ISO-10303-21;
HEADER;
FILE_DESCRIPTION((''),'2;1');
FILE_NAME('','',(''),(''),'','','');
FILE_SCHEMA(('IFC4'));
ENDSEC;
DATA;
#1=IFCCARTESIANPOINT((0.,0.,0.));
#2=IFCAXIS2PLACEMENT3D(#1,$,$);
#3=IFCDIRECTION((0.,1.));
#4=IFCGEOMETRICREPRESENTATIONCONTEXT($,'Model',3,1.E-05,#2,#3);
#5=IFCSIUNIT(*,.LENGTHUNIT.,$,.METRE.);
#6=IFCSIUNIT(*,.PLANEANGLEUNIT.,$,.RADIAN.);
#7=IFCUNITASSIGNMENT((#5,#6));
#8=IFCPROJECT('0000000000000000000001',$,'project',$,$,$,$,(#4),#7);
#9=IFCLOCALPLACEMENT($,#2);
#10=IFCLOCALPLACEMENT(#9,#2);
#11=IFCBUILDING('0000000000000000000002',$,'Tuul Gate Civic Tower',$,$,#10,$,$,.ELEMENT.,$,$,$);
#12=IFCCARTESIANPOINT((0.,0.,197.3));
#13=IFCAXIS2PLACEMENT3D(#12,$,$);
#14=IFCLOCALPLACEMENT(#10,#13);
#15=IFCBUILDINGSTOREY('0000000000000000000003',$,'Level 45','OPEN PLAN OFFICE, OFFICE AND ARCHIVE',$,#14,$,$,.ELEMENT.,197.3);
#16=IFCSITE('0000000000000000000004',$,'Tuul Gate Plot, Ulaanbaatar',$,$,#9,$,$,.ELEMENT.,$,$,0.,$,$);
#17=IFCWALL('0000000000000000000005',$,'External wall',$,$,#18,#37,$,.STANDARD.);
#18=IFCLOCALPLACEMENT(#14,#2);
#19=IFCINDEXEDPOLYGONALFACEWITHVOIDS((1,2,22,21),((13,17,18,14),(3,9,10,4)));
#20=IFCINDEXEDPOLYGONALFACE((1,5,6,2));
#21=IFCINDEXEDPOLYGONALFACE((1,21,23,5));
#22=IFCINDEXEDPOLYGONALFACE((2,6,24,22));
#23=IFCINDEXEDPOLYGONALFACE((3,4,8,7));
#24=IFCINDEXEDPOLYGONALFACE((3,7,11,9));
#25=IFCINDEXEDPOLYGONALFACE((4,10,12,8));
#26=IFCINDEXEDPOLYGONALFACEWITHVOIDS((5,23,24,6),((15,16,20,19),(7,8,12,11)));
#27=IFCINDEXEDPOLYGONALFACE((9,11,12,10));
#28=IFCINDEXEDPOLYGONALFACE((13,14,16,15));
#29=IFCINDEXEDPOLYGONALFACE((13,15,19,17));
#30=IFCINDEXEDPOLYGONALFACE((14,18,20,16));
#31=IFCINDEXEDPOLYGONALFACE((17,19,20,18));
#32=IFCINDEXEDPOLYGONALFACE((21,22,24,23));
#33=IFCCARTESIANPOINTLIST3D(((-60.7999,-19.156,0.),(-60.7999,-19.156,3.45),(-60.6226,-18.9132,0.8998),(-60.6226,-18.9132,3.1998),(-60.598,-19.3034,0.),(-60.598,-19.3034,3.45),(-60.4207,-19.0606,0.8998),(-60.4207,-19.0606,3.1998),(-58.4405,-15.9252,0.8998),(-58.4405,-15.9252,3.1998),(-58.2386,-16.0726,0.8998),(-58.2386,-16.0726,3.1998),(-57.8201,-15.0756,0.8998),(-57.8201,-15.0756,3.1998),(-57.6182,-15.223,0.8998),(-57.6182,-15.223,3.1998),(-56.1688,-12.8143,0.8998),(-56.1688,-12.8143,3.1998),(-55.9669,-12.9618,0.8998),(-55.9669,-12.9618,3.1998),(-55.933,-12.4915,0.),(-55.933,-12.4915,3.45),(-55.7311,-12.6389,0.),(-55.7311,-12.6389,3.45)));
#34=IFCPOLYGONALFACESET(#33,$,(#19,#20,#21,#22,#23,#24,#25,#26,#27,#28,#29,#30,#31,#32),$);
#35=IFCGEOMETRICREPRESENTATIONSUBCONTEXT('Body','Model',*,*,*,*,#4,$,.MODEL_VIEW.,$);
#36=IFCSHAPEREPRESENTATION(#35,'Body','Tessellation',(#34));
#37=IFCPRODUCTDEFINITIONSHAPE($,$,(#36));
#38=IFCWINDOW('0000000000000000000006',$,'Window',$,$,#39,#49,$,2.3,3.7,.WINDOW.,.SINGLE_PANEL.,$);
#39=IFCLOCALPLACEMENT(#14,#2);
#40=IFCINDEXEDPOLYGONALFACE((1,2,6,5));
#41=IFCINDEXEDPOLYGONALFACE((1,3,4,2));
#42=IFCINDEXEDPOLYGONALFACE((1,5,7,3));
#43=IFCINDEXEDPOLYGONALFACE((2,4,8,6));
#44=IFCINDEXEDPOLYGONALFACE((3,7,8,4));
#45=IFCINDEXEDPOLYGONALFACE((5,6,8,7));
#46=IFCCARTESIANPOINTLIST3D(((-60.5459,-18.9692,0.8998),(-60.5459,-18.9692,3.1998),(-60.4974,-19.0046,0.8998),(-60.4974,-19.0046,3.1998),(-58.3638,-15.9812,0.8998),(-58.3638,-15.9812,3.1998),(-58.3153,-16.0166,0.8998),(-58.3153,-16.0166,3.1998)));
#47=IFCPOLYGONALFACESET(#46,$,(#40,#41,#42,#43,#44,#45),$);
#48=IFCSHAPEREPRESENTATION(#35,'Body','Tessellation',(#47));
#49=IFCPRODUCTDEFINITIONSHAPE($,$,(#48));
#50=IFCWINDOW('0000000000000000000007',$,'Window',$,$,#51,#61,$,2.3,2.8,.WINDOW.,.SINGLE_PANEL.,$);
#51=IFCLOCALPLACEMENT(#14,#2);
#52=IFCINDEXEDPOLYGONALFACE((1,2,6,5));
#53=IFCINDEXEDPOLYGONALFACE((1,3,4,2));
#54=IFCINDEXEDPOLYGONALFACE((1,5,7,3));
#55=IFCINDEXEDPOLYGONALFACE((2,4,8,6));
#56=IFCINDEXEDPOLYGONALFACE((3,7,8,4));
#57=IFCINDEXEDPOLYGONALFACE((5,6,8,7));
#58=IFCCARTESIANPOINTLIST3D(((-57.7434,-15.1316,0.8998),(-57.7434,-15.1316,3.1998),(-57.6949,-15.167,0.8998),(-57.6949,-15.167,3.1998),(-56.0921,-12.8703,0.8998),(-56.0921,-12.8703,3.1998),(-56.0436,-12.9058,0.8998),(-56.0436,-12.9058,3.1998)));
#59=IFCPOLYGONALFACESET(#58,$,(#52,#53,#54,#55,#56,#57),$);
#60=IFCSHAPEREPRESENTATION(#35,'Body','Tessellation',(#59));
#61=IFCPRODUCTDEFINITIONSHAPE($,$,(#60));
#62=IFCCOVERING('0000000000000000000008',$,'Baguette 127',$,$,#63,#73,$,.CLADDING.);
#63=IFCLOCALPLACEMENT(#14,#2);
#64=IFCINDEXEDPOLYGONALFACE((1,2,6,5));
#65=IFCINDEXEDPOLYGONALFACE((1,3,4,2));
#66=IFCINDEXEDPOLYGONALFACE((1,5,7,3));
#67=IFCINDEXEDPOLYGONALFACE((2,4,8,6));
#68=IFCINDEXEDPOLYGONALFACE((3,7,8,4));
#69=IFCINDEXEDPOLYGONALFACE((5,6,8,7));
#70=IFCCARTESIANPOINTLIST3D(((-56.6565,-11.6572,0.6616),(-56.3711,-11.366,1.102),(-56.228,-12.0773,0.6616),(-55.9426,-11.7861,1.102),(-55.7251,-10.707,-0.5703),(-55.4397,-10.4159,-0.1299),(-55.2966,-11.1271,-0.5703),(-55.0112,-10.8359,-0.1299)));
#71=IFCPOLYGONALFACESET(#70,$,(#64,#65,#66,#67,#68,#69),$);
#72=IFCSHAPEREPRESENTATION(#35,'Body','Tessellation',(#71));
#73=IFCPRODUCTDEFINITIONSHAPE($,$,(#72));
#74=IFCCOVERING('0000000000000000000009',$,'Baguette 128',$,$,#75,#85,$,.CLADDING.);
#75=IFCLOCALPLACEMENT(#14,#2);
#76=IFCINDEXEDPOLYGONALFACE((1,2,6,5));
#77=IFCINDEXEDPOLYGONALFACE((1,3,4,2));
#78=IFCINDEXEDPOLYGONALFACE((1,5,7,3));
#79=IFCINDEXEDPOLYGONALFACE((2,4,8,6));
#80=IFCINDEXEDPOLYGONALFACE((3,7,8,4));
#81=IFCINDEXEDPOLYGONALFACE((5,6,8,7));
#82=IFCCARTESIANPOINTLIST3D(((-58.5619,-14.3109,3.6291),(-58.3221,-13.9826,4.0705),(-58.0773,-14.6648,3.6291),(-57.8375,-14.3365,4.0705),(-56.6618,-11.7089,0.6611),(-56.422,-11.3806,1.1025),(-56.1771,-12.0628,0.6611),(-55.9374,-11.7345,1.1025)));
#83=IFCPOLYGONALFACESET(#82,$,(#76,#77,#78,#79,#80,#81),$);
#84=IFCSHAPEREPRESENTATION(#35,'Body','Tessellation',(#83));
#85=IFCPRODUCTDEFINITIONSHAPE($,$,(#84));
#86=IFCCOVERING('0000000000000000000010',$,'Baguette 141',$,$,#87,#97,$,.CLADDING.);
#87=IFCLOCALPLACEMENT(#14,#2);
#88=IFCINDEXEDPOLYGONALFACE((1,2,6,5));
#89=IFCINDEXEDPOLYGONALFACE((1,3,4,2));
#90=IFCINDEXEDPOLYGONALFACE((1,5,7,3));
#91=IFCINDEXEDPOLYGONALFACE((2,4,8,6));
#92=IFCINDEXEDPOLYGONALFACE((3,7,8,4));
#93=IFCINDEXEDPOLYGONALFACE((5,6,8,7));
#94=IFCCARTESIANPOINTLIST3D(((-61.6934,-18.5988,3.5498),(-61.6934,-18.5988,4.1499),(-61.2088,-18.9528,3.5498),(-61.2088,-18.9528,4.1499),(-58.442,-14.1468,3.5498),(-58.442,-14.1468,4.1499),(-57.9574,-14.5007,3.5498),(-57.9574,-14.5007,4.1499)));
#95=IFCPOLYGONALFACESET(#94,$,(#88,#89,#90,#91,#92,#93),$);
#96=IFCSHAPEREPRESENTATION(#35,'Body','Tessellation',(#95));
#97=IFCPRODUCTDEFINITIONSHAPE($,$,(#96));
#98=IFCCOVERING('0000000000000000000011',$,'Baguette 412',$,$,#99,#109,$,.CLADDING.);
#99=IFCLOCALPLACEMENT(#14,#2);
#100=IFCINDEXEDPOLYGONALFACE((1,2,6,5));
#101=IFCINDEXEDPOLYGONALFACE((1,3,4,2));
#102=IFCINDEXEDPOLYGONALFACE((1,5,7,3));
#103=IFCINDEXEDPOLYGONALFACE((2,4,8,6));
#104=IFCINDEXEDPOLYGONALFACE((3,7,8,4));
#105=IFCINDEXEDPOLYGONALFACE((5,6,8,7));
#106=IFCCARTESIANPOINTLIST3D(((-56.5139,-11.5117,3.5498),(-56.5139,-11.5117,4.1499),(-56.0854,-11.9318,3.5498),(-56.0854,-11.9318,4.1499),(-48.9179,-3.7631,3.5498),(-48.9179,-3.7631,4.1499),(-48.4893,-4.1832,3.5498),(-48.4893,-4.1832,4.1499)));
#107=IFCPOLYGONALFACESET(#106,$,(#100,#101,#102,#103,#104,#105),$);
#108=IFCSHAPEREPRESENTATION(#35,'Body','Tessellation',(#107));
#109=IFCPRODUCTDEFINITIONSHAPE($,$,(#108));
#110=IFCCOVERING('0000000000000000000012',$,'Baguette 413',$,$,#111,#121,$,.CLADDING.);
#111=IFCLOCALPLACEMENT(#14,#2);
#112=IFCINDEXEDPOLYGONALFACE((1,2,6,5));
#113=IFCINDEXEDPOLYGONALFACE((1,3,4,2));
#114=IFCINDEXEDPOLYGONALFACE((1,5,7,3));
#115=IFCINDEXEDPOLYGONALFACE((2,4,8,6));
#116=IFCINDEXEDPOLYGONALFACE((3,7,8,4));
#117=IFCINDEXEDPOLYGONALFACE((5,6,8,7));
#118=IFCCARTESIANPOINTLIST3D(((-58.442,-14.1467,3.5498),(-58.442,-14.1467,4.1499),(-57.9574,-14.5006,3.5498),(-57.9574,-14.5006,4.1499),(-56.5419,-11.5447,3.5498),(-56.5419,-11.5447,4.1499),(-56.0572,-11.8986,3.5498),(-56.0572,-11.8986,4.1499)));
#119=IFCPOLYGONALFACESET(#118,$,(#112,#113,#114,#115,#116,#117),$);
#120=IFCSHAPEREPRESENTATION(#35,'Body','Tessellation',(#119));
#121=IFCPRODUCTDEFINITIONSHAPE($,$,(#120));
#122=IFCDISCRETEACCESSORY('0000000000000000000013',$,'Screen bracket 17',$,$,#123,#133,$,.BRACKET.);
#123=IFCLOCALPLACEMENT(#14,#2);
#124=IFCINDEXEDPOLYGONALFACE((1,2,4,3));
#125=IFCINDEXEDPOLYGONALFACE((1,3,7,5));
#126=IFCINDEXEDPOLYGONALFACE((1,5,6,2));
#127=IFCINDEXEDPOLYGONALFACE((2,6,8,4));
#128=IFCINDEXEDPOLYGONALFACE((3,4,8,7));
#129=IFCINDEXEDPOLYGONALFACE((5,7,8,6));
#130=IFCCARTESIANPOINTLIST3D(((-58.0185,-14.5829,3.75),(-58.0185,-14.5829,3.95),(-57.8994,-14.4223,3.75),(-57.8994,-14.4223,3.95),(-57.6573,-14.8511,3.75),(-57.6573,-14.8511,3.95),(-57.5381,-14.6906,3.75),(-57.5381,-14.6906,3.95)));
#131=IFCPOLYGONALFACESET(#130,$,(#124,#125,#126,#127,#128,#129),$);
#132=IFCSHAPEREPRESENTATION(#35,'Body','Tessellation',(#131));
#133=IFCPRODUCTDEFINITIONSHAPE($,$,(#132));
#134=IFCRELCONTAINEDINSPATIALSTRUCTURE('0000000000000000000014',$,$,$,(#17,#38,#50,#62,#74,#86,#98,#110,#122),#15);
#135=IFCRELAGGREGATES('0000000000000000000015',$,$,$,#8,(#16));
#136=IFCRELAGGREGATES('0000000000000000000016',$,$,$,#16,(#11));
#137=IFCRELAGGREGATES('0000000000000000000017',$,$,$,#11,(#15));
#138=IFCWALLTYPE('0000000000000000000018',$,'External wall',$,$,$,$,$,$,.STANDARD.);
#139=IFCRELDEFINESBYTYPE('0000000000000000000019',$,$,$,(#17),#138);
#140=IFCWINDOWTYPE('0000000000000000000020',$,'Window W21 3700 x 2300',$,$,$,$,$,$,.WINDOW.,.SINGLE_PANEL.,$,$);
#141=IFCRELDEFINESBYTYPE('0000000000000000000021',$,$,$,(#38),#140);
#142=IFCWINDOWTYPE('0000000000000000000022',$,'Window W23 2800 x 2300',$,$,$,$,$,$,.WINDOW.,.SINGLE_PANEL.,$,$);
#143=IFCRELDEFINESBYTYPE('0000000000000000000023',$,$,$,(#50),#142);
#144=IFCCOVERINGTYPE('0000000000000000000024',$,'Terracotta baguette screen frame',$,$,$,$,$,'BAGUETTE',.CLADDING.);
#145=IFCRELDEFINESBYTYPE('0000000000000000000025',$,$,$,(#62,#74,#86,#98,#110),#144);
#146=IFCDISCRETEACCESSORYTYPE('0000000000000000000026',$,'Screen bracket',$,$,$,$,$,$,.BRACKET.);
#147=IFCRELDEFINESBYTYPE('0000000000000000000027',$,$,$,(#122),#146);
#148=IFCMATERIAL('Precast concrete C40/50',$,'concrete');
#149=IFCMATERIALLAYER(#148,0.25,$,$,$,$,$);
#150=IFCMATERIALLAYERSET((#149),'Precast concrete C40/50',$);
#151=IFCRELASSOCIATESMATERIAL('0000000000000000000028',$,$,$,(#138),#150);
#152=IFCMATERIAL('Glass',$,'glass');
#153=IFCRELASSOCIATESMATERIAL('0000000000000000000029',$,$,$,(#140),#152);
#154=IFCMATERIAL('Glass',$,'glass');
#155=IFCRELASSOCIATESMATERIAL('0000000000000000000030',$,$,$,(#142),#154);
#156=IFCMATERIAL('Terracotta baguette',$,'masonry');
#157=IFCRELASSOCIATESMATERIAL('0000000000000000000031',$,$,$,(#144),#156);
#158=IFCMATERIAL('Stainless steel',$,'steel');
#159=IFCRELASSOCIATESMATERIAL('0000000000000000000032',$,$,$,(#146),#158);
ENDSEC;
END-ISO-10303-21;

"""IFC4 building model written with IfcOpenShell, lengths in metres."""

from ifc_helpers import new_model, si_unit, direction, frame, frame_2d, origin, origin_2d, place, context, subcontext, project, spatial, rectangle, extrude, material, layer, layer_set, material_profile, profile_set, type_object, element, fill, save


model = new_model("IFC4")

# Units and contexts
model_context = context("Model", 3, precision=1e-05, world=origin(), true_north=direction((0.0, 1.0)))
body_context = subcontext(model_context, "Body", "Model", "MODEL_VIEW")
ifc_project = project(units=[si_unit("LENGTHUNIT", "METRE"), si_unit("PLANEANGLEUNIT", "RADIAN")], contexts=[model_context])

# Site, building, storey
site_placement = place(None, origin())
site = spatial("IfcSite", under=ifc_project, at=site_placement, Name="Tuul Gate Plot, Ulaanbaatar", CompositionType="ELEMENT", RefElevation=0.0)
building_placement = place(site_placement, origin())
building = spatial("IfcBuilding", under=site, at=building_placement, Name="Tuul Gate Civic Tower", CompositionType="ELEMENT")
storey_placement = place(building_placement, frame((0.0, 0.0, 197.3)))
storey = spatial("IfcBuildingStorey", under=building, at=storey_placement, Name="Level 45", Description="OPEN PLAN OFFICE, OFFICE AND ARCHIVE", CompositionType="ELEMENT", Elevation=197.3)

# Wall, openings, windows
ifc_material_1 = material(Name="Precast concrete C40/50", Category="concrete")
ifc_layer_1 = layer(ifc_material_1, 0.25)
ifc_layer_set_1 = layer_set([ifc_layer_1], Name="Precast concrete C40/50")
wall_type_1 = type_object("IfcWallType", Name="External wall", PredefinedType="STANDARD", material=ifc_layer_set_1)
wall_1_placement = place(storey_placement, frame((-55.832, -12.5652, 0.0), z_axis=(0.0, 0.0, 1.0), x_axis=(-0.589755, -0.807582, 0.0)))
wall_1 = element("IfcWall", 1, at=wall_1_placement, inside=storey, type_object=wall_type_1, Name="External wall", PredefinedType="STANDARD", context=body_context, shape_type="SweptSolid", body=[
    extrude(rectangle(XDim=8.2524, YDim=0.25, at=frame_2d((4.1262, 0.0))), origin(), (0.0, 0.0, 1.0), 3.45),
])
opening_1_placement = place(wall_1_placement, frame((0.3999, 0.0, 0.8999)))
opening_1 = element("IfcOpeningElement", 2, at=opening_1_placement, cuts=wall_1, PredefinedType="OPENING", context=body_context, shape_type="SweptSolid", body=[
    extrude(rectangle(XDim=2.8, YDim=2.3, at=frame_2d((1.3999, 1.1499))), frame((0.0, 0.135, 0.0), z_axis=(0.0, -1.0, 0.0), x_axis=(1.0, 0.0, 0.0)), (0.0, 0.0, 1.0), 0.27),
])
opening_2_placement = place(wall_1_placement, frame((4.2517, 0.0, 0.8999)))
opening_2 = element("IfcOpeningElement", 3, at=opening_2_placement, cuts=wall_1, PredefinedType="OPENING", context=body_context, shape_type="SweptSolid", body=[
    extrude(rectangle(XDim=3.7, YDim=2.3, at=frame_2d((1.8501, 1.1499))), frame((0.0, 0.135, 0.0), z_axis=(0.0, -1.0, 0.0), x_axis=(1.0, 0.0, 0.0)), (0.0, 0.0, 1.0), 0.27),
])
ifc_material_2 = material(Name="Glass", Category="glass")
window_type_1 = type_object("IfcWindowType", Name="Window W21 3700 x 2300", PartitioningType="SINGLE_PANEL", PredefinedType="WINDOW", material=ifc_material_2)
window_1_placement = place(opening_2_placement, origin())
window_1 = element("IfcWindow", 4, at=window_1_placement, inside=storey, type_object=window_type_1, Name="Window", OverallHeight=2.3, OverallWidth=3.7, PartitioningType="SINGLE_PANEL", PredefinedType="WINDOW", context=body_context, shape_type="SweptSolid", body=[
    extrude(rectangle(XDim=3.7, YDim=2.3, at=frame_2d((1.8501, 1.1499))), frame((0.0, 0.03, 0.0), z_axis=(0.0, -1.0, 0.0), x_axis=(1.0, 0.0, 0.0)), (0.0, 0.0, 1.0), 0.0601),
])
fill(opening_2, window_1)
ifc_material_3 = material(Name="Glass", Category="glass")
window_type_2 = type_object("IfcWindowType", Name="Window W23 2800 x 2300", PartitioningType="SINGLE_PANEL", PredefinedType="WINDOW", material=ifc_material_3)
window_2_placement = place(opening_1_placement, origin())
window_2 = element("IfcWindow", 5, at=window_2_placement, inside=storey, type_object=window_type_2, Name="Window", OverallHeight=2.3, OverallWidth=2.8, PartitioningType="SINGLE_PANEL", PredefinedType="WINDOW", context=body_context, shape_type="SweptSolid", body=[
    extrude(rectangle(XDim=2.8, YDim=2.3, at=frame_2d((1.3999, 1.1499))), frame((0.0, 0.03, 0.0), z_axis=(0.0, -1.0, 0.0), x_axis=(1.0, 0.0, 0.0)), (0.0, 0.0, 1.0), 0.0601),
])
fill(opening_1, window_2)

# Coverings
ifc_material_4 = material(Name="Terracotta baguette", Category="masonry")
ifc_material_profile_1 = material_profile(ifc_material_4, rectangle(XDim=0.6001, YDim=0.6001, at=origin_2d()), Name="Terracotta baguette screen frame")
ifc_profile_set_1 = profile_set([ifc_material_profile_1], Name="Terracotta baguette")
covering_type = type_object("IfcCoveringType", Name="Terracotta baguette screen frame", ElementType="BAGUETTE", PredefinedType="CLADDING", material=ifc_profile_set_1)
covering_1_placement = place(storey_placement, frame((-55.3682, -10.7715, -0.3501), z_axis=(-0.513649, -0.524016, 0.67939), x_axis=(0.714136, -0.700007, 0.0)))
element("IfcCovering", 6, at=covering_1_placement, inside=storey, type_object=covering_type, Name="Baguette 127", PredefinedType="CLADDING", context=body_context, shape_type="SweptSolid", body=[
    extrude(rectangle(XDim=0.6001, YDim=0.6001, at=origin_2d()), origin(), (0.0, 0.0, 1.0), 1.8132),
])
covering_2_placement = place(storey_placement, frame((-56.2996, -11.7217, 0.8818), z_axis=(-0.433756, -0.593983, 0.677524), x_axis=(0.807591, -0.589743, 0.0)))
element("IfcCovering", 7, at=covering_2_placement, inside=storey, type_object=covering_type, Name="Baguette 128", PredefinedType="CLADDING", context=body_context, shape_type="SweptSolid", body=[
    extrude(rectangle(XDim=0.6001, YDim=0.6001, at=origin_2d()), origin(), (0.0, 0.0, 1.0), 4.3806),
])
covering_3_placement = place(storey_placement, frame((-58.1997, -14.3237, 3.8499), z_axis=(-0.589777, -0.807566, 0.0), x_axis=(0.807566, -0.589777, 0.0)))
element("IfcCovering", 8, at=covering_3_placement, inside=storey, type_object=covering_type, Name="Baguette 141", PredefinedType="CLADDING", context=body_context, shape_type="SweptSolid", body=[
    extrude(rectangle(XDim=0.6001, YDim=0.6001, at=origin_2d()), origin(), (0.0, 0.0, 1.0), 5.5129),
])
covering_4_placement = place(storey_placement, frame((-48.7036, -3.9731, 3.8499), z_axis=(-0.700041, -0.714103, 0.0), x_axis=(0.714103, -0.700041, 0.0)))
element("IfcCovering", 9, at=covering_4_placement, inside=storey, type_object=covering_type, Name="Baguette 412", PredefinedType="CLADDING", context=body_context, shape_type="SweptSolid", body=[
    extrude(rectangle(XDim=0.6001, YDim=0.6001, at=origin_2d()), origin(), (0.0, 0.0, 1.0), 10.8508),
])
covering_5_placement = place(storey_placement, frame((-56.2996, -11.7217, 3.8499), z_axis=(-0.589743, -0.807591, 0.0), x_axis=(0.807591, -0.589743, 0.0)))
element("IfcCovering", 10, at=covering_5_placement, inside=storey, type_object=covering_type, Name="Baguette 413", PredefinedType="CLADDING", context=body_context, shape_type="SweptSolid", body=[
    extrude(rectangle(XDim=0.6001, YDim=0.6001, at=origin_2d()), origin(), (0.0, 0.0, 1.0), 3.2219),
])

# Discrete accessory
ifc_material_5 = material(Name="Stainless steel", Category="steel")
discrete_accessory_type = type_object("IfcDiscreteAccessoryType", Name="Screen bracket", PredefinedType="BRACKET", material=ifc_material_5)
discrete_accessory_placement = place(storey_placement, frame((-57.7783, -14.6367, 3.75), z_axis=(0.0, 0.0, 1.0), x_axis=(-0.802893, 0.596123, 0.0)))
element("IfcDiscreteAccessory", 11, at=discrete_accessory_placement, inside=storey, type_object=discrete_accessory_type, Name="Screen bracket 17", PredefinedType="BRACKET", context=body_context, shape_type="SweptSolid", body=[
    extrude(rectangle(XDim=0.45, YDim=0.2, at=origin_2d()), origin(), (0.0, 0.0, 1.0), 0.2),
])

save(model, "model.ifc")
